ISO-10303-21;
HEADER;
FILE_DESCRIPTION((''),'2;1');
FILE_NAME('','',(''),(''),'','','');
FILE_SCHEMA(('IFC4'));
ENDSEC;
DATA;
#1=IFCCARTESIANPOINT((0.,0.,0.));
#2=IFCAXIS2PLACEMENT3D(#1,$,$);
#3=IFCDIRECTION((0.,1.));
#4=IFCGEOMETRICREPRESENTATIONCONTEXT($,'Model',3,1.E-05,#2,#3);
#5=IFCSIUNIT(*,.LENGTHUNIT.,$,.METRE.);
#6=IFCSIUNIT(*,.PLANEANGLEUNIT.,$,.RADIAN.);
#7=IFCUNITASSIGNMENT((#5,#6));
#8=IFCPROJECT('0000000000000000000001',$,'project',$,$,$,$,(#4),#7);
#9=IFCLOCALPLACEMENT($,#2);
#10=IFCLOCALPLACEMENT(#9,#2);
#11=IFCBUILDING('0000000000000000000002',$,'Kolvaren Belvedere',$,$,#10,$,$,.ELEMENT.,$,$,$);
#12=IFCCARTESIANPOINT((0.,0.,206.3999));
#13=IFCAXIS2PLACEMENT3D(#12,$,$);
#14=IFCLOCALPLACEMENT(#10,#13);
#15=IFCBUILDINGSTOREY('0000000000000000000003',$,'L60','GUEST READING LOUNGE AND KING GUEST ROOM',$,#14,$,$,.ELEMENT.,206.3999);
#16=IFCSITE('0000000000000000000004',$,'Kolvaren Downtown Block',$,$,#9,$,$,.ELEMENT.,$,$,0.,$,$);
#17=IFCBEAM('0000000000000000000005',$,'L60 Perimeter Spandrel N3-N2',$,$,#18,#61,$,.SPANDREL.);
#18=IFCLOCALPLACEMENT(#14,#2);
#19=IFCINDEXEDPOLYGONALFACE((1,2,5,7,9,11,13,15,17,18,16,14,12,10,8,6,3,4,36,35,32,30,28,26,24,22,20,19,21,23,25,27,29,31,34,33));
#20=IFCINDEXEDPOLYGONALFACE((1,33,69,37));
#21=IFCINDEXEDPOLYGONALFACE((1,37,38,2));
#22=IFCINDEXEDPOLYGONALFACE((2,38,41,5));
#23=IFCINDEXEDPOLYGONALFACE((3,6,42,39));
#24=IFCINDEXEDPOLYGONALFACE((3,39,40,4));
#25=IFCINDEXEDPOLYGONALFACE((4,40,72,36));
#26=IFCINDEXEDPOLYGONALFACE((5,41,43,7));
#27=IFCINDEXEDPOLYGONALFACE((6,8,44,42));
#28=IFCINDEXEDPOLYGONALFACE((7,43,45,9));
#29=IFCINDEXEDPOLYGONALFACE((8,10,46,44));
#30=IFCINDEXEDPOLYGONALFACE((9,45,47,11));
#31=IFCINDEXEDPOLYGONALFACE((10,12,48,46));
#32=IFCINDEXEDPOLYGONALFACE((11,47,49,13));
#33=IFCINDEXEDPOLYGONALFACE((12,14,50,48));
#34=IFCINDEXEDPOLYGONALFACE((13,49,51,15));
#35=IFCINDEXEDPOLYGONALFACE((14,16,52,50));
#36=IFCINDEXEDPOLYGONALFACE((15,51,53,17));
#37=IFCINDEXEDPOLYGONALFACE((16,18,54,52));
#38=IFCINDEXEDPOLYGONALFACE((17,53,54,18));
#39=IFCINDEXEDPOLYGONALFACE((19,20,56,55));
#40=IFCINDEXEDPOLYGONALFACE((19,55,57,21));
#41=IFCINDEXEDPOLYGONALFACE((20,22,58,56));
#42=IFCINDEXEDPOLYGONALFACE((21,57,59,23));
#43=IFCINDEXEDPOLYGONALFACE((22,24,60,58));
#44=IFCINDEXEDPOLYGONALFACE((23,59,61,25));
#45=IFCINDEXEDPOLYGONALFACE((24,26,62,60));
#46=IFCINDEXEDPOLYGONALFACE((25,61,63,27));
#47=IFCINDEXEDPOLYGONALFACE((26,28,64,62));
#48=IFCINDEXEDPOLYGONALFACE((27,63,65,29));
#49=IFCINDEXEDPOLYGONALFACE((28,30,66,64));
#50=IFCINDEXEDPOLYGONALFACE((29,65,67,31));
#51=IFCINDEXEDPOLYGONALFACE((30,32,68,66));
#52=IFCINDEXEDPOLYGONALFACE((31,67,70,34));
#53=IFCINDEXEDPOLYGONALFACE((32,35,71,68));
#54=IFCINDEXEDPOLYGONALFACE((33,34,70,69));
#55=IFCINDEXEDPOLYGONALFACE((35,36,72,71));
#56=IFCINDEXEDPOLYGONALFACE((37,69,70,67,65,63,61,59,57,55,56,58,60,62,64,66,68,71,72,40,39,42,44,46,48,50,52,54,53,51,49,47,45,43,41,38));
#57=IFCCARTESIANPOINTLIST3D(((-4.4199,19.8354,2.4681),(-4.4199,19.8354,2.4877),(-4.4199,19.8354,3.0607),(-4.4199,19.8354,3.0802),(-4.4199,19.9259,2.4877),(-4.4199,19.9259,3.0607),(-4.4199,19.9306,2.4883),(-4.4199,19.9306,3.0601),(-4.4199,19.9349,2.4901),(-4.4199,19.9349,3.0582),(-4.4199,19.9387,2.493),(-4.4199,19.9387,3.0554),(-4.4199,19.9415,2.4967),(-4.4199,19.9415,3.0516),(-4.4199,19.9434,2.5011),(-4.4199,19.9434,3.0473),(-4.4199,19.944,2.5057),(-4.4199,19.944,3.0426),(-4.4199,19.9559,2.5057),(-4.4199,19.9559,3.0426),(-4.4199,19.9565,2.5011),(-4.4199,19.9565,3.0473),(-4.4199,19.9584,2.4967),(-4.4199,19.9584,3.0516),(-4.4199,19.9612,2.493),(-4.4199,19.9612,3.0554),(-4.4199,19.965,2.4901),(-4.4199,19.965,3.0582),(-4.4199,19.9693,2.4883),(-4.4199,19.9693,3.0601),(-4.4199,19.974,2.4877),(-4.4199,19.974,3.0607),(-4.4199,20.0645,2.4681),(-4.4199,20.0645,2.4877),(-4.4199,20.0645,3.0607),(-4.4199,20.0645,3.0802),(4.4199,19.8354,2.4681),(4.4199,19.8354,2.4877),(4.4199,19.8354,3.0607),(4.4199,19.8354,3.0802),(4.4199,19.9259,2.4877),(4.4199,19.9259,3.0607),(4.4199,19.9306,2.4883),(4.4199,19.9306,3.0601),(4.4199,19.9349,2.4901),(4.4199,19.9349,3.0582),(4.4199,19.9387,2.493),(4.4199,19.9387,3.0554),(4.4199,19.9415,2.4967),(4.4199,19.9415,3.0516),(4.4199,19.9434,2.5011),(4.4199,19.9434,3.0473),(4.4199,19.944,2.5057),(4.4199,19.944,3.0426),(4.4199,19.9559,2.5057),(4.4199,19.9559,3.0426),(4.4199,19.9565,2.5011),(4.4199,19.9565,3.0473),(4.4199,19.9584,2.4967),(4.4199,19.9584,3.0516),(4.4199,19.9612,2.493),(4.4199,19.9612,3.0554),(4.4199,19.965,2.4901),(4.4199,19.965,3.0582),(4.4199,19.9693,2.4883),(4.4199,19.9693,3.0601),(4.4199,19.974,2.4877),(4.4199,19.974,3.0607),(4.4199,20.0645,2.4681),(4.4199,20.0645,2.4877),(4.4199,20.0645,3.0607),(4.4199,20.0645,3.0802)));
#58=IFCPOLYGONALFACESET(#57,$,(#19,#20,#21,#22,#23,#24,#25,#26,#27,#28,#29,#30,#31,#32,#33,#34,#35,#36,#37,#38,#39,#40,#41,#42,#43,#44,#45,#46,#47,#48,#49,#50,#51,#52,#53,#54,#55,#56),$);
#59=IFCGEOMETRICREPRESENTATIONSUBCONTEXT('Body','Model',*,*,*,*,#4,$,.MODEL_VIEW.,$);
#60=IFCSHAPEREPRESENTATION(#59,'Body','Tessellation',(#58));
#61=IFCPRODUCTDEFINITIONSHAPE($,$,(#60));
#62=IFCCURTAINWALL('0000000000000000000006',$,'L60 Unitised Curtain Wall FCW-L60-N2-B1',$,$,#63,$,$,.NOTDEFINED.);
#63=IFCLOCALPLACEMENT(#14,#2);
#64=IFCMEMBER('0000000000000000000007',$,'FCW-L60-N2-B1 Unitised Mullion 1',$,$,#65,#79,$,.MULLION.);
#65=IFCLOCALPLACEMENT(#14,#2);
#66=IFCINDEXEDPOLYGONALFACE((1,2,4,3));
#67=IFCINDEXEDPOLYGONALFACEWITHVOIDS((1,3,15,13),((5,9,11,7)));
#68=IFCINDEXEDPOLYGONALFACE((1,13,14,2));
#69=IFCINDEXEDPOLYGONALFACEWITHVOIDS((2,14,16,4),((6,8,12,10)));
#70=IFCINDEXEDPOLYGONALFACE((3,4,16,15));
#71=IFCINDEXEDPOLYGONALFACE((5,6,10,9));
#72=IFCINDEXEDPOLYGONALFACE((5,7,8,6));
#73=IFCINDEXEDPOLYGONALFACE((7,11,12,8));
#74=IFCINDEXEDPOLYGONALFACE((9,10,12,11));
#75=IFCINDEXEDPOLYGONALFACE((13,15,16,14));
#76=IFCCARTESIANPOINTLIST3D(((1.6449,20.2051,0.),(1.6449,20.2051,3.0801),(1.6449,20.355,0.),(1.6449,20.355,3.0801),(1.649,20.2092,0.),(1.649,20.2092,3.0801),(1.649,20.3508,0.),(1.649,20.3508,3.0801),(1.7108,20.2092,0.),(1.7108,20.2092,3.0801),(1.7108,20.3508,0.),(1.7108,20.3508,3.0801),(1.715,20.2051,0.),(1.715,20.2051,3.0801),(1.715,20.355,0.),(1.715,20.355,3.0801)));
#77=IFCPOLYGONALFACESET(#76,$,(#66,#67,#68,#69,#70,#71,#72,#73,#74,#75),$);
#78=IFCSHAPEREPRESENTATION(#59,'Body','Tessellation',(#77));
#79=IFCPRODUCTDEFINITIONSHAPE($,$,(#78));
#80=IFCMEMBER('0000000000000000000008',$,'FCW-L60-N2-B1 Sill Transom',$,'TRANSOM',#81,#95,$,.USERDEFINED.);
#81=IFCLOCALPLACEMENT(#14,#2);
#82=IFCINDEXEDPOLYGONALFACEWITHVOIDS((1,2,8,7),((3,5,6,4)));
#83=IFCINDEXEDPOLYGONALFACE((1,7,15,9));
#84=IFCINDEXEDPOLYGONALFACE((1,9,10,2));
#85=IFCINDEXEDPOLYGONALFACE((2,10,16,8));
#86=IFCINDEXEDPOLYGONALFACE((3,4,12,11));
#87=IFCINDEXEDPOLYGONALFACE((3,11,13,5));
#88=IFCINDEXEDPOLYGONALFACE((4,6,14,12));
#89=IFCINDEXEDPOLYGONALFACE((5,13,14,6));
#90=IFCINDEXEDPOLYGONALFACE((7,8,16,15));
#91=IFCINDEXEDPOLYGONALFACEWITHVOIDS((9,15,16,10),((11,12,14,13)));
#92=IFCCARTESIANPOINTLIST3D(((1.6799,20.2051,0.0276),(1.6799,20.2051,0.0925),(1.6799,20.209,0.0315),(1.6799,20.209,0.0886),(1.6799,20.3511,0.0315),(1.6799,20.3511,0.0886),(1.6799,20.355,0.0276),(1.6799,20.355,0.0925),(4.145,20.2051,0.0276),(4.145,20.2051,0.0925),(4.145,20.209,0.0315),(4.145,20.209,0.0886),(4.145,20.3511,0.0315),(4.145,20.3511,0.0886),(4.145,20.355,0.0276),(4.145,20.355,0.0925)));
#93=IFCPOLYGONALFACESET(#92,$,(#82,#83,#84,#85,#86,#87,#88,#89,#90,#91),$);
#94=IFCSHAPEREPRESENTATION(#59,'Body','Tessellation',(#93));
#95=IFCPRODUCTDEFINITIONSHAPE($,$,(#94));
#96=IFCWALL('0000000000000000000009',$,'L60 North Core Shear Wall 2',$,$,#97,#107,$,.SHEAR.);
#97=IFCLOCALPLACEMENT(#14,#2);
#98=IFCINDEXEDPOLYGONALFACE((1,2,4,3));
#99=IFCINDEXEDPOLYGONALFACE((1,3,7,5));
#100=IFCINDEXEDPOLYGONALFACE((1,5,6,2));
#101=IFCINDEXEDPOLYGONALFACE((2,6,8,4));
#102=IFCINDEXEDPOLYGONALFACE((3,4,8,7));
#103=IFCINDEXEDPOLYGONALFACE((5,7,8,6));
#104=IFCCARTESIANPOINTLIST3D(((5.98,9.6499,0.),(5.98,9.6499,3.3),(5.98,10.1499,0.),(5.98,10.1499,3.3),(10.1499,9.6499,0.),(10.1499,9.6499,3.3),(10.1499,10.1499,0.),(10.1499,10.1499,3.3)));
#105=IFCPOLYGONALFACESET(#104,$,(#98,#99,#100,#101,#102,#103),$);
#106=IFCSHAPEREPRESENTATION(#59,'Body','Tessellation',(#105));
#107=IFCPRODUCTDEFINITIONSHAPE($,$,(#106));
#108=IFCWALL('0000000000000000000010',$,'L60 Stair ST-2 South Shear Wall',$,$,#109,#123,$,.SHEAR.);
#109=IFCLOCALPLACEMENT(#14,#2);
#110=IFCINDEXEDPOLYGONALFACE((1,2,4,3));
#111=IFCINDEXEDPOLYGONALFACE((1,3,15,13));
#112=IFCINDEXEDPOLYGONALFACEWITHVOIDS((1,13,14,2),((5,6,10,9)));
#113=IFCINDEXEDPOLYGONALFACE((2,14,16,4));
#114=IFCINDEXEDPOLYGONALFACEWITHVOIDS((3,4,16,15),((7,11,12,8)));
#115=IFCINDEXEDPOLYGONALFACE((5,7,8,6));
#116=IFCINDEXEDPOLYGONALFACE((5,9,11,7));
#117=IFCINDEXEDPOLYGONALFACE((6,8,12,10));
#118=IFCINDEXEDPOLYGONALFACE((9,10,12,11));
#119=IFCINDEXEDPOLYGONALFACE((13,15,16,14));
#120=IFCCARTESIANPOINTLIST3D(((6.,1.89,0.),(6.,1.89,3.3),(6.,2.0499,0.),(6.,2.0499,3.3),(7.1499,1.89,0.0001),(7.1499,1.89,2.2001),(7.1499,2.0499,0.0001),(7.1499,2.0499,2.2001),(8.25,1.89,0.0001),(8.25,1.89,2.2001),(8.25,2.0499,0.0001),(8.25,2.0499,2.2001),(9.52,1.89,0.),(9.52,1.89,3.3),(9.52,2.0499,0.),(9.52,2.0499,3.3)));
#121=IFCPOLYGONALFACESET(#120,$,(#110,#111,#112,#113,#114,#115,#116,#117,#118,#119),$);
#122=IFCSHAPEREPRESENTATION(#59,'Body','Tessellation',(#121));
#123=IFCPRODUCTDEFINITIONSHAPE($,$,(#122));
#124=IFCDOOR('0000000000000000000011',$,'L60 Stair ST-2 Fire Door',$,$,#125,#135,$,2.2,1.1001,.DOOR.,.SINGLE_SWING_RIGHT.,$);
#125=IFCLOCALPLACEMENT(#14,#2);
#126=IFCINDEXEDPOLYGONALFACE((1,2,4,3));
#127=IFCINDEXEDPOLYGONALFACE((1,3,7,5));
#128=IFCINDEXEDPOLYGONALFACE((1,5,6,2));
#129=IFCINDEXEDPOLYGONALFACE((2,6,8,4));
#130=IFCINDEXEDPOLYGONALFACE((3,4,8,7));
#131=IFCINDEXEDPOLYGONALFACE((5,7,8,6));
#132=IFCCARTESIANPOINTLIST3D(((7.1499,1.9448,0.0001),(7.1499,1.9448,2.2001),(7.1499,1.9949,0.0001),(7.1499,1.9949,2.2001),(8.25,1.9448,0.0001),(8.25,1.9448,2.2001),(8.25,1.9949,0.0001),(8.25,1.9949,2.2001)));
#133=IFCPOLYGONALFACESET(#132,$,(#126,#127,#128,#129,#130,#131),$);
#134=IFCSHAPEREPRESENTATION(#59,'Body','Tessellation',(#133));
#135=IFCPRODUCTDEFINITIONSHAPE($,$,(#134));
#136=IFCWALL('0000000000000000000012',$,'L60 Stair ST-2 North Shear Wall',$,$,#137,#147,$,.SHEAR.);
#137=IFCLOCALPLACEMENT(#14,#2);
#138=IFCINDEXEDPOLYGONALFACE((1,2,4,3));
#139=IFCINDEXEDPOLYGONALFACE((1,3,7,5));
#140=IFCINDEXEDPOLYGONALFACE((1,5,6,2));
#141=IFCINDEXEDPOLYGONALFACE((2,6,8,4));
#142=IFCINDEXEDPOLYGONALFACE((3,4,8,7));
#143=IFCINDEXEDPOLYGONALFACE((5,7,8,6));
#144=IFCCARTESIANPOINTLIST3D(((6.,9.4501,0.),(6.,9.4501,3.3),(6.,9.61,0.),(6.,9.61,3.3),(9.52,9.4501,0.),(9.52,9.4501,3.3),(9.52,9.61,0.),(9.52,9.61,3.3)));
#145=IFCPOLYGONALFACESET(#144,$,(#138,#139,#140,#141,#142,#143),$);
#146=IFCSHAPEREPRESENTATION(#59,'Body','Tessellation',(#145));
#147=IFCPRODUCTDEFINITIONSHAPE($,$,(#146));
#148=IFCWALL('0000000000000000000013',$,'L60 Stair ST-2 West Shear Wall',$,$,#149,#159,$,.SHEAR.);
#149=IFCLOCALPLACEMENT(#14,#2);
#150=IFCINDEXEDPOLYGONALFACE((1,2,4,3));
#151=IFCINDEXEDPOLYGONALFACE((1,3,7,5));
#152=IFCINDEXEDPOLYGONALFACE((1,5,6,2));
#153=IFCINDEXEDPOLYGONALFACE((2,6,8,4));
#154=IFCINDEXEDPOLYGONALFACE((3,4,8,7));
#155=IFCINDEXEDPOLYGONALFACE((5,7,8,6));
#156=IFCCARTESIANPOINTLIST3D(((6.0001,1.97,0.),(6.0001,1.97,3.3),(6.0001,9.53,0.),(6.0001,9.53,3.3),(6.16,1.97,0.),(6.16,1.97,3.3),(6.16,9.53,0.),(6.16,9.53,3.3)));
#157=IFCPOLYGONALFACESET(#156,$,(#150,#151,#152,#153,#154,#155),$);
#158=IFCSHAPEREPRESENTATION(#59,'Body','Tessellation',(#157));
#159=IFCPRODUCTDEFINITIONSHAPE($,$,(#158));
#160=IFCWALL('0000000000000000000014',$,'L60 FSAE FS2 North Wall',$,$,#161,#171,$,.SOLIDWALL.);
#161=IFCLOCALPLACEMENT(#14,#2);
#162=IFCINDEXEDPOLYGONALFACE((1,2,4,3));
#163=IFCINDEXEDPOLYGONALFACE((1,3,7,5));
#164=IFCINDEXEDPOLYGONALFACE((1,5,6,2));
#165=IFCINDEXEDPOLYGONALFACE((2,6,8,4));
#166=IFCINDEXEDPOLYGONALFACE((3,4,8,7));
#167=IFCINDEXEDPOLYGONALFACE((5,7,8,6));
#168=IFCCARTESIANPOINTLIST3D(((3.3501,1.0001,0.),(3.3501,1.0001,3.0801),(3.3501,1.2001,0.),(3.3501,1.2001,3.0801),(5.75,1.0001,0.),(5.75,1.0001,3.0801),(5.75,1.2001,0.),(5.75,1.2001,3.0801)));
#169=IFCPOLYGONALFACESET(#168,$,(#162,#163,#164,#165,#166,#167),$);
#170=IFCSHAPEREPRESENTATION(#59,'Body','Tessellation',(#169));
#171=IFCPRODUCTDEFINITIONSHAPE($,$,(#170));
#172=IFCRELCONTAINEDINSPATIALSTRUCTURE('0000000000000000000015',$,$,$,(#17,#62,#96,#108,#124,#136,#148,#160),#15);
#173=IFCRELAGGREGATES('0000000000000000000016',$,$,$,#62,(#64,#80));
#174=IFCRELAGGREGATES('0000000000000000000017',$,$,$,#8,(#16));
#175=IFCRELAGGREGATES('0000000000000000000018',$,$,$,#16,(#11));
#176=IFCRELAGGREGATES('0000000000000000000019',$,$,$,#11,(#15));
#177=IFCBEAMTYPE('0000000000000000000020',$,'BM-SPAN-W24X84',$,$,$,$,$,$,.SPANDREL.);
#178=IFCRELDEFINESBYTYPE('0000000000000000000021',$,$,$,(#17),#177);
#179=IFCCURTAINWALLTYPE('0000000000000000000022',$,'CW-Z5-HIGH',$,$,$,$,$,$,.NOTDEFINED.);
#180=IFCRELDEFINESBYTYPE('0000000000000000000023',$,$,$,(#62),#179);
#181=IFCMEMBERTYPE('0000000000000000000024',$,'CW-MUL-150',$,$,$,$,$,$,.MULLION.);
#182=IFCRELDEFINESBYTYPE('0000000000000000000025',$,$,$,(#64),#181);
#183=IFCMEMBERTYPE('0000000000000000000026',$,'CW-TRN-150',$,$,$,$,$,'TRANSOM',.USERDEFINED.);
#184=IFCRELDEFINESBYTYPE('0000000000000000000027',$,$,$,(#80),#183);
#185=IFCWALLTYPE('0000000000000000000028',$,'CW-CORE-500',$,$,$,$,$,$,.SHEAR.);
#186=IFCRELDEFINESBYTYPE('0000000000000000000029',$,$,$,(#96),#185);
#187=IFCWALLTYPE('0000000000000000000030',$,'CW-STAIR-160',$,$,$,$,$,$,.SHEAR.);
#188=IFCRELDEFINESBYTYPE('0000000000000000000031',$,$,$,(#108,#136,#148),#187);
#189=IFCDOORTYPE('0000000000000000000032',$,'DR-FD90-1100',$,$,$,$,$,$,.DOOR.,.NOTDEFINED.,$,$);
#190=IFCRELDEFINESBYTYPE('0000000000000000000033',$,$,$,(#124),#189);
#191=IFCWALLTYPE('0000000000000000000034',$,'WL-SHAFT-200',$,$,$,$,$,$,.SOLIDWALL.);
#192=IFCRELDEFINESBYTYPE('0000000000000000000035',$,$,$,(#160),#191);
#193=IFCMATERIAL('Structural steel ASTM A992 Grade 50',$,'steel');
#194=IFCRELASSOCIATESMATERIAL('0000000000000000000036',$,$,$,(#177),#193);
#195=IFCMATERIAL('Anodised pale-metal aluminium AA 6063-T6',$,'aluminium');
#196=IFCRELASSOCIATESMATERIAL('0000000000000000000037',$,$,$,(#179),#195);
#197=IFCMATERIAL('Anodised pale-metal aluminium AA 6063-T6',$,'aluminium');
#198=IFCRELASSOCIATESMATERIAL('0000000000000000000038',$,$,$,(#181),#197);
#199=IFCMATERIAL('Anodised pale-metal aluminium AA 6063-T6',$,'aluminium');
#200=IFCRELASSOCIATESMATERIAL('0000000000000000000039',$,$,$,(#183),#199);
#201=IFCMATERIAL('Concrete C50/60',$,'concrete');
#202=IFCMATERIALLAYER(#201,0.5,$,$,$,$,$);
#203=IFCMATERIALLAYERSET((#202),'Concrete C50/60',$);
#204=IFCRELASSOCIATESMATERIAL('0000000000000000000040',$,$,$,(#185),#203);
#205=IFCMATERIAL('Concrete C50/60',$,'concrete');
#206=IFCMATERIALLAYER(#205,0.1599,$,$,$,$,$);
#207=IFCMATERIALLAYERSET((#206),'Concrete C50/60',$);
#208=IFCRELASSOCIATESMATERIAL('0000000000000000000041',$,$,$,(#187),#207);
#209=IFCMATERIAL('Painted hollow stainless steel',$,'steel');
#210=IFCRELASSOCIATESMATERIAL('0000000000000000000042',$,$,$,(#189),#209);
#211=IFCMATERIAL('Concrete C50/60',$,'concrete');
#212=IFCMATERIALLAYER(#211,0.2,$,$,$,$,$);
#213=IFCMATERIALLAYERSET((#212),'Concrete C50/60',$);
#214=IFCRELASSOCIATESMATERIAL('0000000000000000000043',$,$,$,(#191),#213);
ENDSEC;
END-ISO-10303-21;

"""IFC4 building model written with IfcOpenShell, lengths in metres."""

from ifc_helpers import new_model, si_unit, direction, frame, frame_2d, origin, origin_2d, place, context, subcontext, project, spatial, rectangle, hollow_rectangle, i_section, extrude, material, layer, layer_set, material_profile, profile_set, type_object, element, fill, aggregate, save


model = new_model("IFC4")

# Units and contexts
model_context = context("Model", 3, precision=1e-05, world=origin(), true_north=direction((0.0, 1.0)))
body_context = subcontext(model_context, "Body", "Model", "MODEL_VIEW")
ifc_project = project(units=[si_unit("LENGTHUNIT", "METRE"), si_unit("PLANEANGLEUNIT", "RADIAN")], contexts=[model_context])

# Site, building, storey
site_placement = place(None, origin())
site = spatial("IfcSite", under=ifc_project, at=site_placement, Name="Kolvaren Downtown Block", CompositionType="ELEMENT", RefElevation=0.0)
building_placement = place(site_placement, origin())
building = spatial("IfcBuilding", under=site, at=building_placement, Name="Kolvaren Belvedere", CompositionType="ELEMENT")
storey_placement = place(building_placement, frame((0.0, 0.0, 206.3999)))
storey = spatial("IfcBuildingStorey", under=building, at=storey_placement, Name="L60", Description="GUEST READING LOUNGE AND KING GUEST ROOM", CompositionType="ELEMENT", Elevation=206.3999)

# Beam
ifc_material_1 = material(Name="Structural steel ASTM A992 Grade 50", Category="steel")
ifc_material_profile_1 = material_profile(ifc_material_1, i_section(OverallWidth=0.229, OverallDepth=0.6121, WebThickness=0.012, FlangeThickness=0.0195, FilletRadius=0.0181, at=origin_2d()), Name="W24X84")
ifc_profile_set_1 = profile_set([ifc_material_profile_1], Name="Structural steel ASTM A992 Grade 50")
beam_type_1 = type_object("IfcBeamType", Name="BM-SPAN-W24X84", PredefinedType="SPANDREL", material=ifc_profile_set_1)
beam_1_placement = place(storey_placement, frame((4.4199, 19.95, 2.7742), z_axis=(-1.0, 0.0, 0.0), x_axis=(0.0, -1.0, 0.0)))
element("IfcBeam", 1, at=beam_1_placement, inside=storey, type_object=beam_type_1, Name="L60 Perimeter Spandrel N3-N2", PredefinedType="SPANDREL", context=body_context, shape_type="SweptSolid", body=[
    extrude(i_section(OverallWidth=0.229, OverallDepth=0.6121, WebThickness=0.012, FlangeThickness=0.0195, FilletRadius=0.0181, at=origin_2d()), origin(), (0.0, 0.0, 1.0), 8.8398),
])

# Curtain wall, members
ifc_material_2 = material(Name="Anodised pale-metal aluminium AA 6063-T6", Category="aluminium")
curtain_wall_type = type_object("IfcCurtainWallType", Name="CW-Z5-HIGH", PredefinedType="NOTDEFINED", material=ifc_material_2)
curtain_wall_placement = place(storey_placement, origin())
curtain_wall = element("IfcCurtainWall", 2, at=curtain_wall_placement, inside=storey, type_object=curtain_wall_type, Name="L60 Unitised Curtain Wall FCW-L60-N2-B1", PredefinedType="NOTDEFINED")
ifc_material_3 = material(Name="Anodised pale-metal aluminium AA 6063-T6", Category="aluminium")
ifc_material_profile_2 = material_profile(ifc_material_3, hollow_rectangle(XDim=0.0701, YDim=0.1499, WallThickness=0.0042, at=origin_2d()), Name="ALU-MUL-150X70")
ifc_profile_set_2 = profile_set([ifc_material_profile_2], Name="Anodised pale-metal aluminium AA 6063-T6")
member_type_1 = type_object("IfcMemberType", Name="CW-MUL-150", PredefinedType="MULLION", material=ifc_profile_set_2)
member_1_placement = place(storey_placement, frame((1.6799, 20.28, 0.0), z_axis=(0.0, 0.0, 1.0), x_axis=(1.0, 0.0, 0.0)))
member_1 = element("IfcMember", 3, at=member_1_placement, type_object=member_type_1, Name="FCW-L60-N2-B1 Unitised Mullion 1", PredefinedType="MULLION", context=body_context, shape_type="SweptSolid", body=[
    extrude(hollow_rectangle(XDim=0.0701, YDim=0.1499, WallThickness=0.0042, at=origin_2d()), origin(), (0.0, 0.0, 1.0), 3.0801),
])
ifc_material_4 = material(Name="Anodised pale-metal aluminium AA 6063-T6", Category="aluminium")
ifc_material_profile_3 = material_profile(ifc_material_4, hollow_rectangle(XDim=0.0649, YDim=0.1499, WallThickness=0.0039, at=origin_2d()), Name="ALU-TRN-150X65")
ifc_profile_set_3 = profile_set([ifc_material_profile_3], Name="Anodised pale-metal aluminium AA 6063-T6")
member_type_2 = type_object("IfcMemberType", Name="CW-TRN-150", ElementType="TRANSOM", PredefinedType="USERDEFINED", material=ifc_profile_set_3)
member_2_placement = place(storey_placement, frame((1.6799, 20.28, 0.0601), z_axis=(1.0, 0.0, 0.0), x_axis=(0.0, 0.0, 1.0)))
member_2 = element("IfcMember", 4, at=member_2_placement, type_object=member_type_2, Name="FCW-L60-N2-B1 Sill Transom", ObjectType="TRANSOM", PredefinedType="USERDEFINED", context=body_context, shape_type="SweptSolid", body=[
    extrude(hollow_rectangle(XDim=0.0649, YDim=0.1499, WallThickness=0.0039, at=origin_2d()), origin(), (0.0, 0.0, 1.0), 2.4651),
])
aggregate(curtain_wall, [member_1, member_2])

# Wall
ifc_material_5 = material(Name="Concrete C50/60", Category="concrete")
ifc_layer_1 = layer(ifc_material_5, 0.5)
ifc_layer_set_1 = layer_set([ifc_layer_1], Name="Concrete C50/60")
wall_type_1 = type_object("IfcWallType", Name="CW-CORE-500", PredefinedType="SHEAR", material=ifc_layer_set_1)
wall_1_placement = place(storey_placement, frame((5.98, 9.8999, 0.0), z_axis=(0.0, 0.0, 1.0), x_axis=(1.0, 0.0, 0.0)))
element("IfcWall", 5, at=wall_1_placement, inside=storey, type_object=wall_type_1, Name="L60 North Core Shear Wall 2", PredefinedType="SHEAR", context=body_context, shape_type="SweptSolid", body=[
    extrude(rectangle(XDim=4.1699, YDim=0.5, at=frame_2d((2.085, 0.0))), origin(), (0.0, 0.0, 1.0), 3.3),
])

# Wall, opening, door
ifc_material_6 = material(Name="Concrete C50/60", Category="concrete")
ifc_layer_2 = layer(ifc_material_6, 0.1599)
ifc_layer_set_2 = layer_set([ifc_layer_2], Name="Concrete C50/60")
wall_type_2 = type_object("IfcWallType", Name="CW-STAIR-160", PredefinedType="SHEAR", material=ifc_layer_set_2)
wall_2_placement = place(storey_placement, frame((6.0, 1.97, 0.0), z_axis=(0.0, 0.0, 1.0), x_axis=(1.0, 0.0, 0.0)))
wall_2 = element("IfcWall", 6, at=wall_2_placement, inside=storey, type_object=wall_type_2, Name="L60 Stair ST-2 South Shear Wall", PredefinedType="SHEAR", context=body_context, shape_type="SweptSolid", body=[
    extrude(rectangle(XDim=3.52, YDim=0.1599, at=frame_2d((1.76, 0.0))), origin(), (0.0, 0.0, 1.0), 3.3),
])
opening_1_placement = place(wall_2_placement, frame((1.1499, 0.0, 0.0)))
opening_1 = element("IfcOpeningElement", 7, at=opening_1_placement, cuts=wall_2, PredefinedType="OPENING", context=body_context, shape_type="SweptSolid", body=[
    extrude(rectangle(XDim=1.1001, YDim=2.2, at=frame_2d((0.55, 1.1001))), frame((0.0, 0.0898, 0.0), z_axis=(0.0, -1.0, 0.0), x_axis=(1.0, 0.0, 0.0)), (0.0, 0.0, 1.0), 0.1799),
])
ifc_material_7 = material(Name="Painted hollow stainless steel", Category="steel")
door_type_1 = type_object("IfcDoorType", Name="DR-FD90-1100", OperationType="NOTDEFINED", PredefinedType="DOOR", material=ifc_material_7)
door_1_placement = place(opening_1_placement, origin())
door_1 = element("IfcDoor", 8, at=door_1_placement, inside=storey, type_object=door_type_1, Name="L60 Stair ST-2 Fire Door", OperationType="SINGLE_SWING_RIGHT", OverallHeight=2.2, OverallWidth=1.1001, PredefinedType="DOOR", context=body_context, shape_type="SweptSolid", body=[
    extrude(rectangle(XDim=1.1001, YDim=2.2, at=frame_2d((0.55, 1.1001))), frame((0.0, 0.0249, 0.0), z_axis=(0.0, -1.0, 0.0), x_axis=(1.0, 0.0, 0.0)), (0.0, 0.0, 1.0), 0.05),
])
fill(opening_1, door_1)

# Walls
wall_3_placement = place(storey_placement, frame((6.0, 9.53, 0.0), z_axis=(0.0, 0.0, 1.0), x_axis=(1.0, 0.0, 0.0)))
element("IfcWall", 9, at=wall_3_placement, inside=storey, type_object=wall_type_2, Name="L60 Stair ST-2 North Shear Wall", PredefinedType="SHEAR", context=body_context, shape_type="SweptSolid", body=[
    extrude(rectangle(XDim=3.52, YDim=0.1599, at=frame_2d((1.76, 0.0))), origin(), (0.0, 0.0, 1.0), 3.3),
])
wall_4_placement = place(storey_placement, frame((6.0801, 1.97, 0.0), z_axis=(0.0, 0.0, 1.0), x_axis=(0.0, 1.0, 0.0)))
element("IfcWall", 10, at=wall_4_placement, inside=storey, type_object=wall_type_2, Name="L60 Stair ST-2 West Shear Wall", PredefinedType="SHEAR", context=body_context, shape_type="SweptSolid", body=[
    extrude(rectangle(XDim=7.5601, YDim=0.1599, at=frame_2d((3.78, 0.0))), origin(), (0.0, 0.0, 1.0), 3.3),
])
ifc_material_8 = material(Name="Concrete C50/60", Category="concrete")
ifc_layer_3 = layer(ifc_material_8, 0.2)
ifc_layer_set_3 = layer_set([ifc_layer_3], Name="Concrete C50/60")
wall_type_3 = type_object("IfcWallType", Name="WL-SHAFT-200", PredefinedType="SOLIDWALL", material=ifc_layer_set_3)
wall_5_placement = place(storey_placement, frame((3.3501, 1.1001, 0.0), z_axis=(0.0, 0.0, 1.0), x_axis=(1.0, 0.0, 0.0)))
element("IfcWall", 11, at=wall_5_placement, inside=storey, type_object=wall_type_3, Name="L60 FSAE FS2 North Wall", PredefinedType="SOLIDWALL", context=body_context, shape_type="SweptSolid", body=[
    extrude(rectangle(XDim=2.3999, YDim=0.2, at=frame_2d((1.2, 0.0))), origin(), (0.0, 0.0, 1.0), 3.0801),
])

save(model, "model.ifc")
